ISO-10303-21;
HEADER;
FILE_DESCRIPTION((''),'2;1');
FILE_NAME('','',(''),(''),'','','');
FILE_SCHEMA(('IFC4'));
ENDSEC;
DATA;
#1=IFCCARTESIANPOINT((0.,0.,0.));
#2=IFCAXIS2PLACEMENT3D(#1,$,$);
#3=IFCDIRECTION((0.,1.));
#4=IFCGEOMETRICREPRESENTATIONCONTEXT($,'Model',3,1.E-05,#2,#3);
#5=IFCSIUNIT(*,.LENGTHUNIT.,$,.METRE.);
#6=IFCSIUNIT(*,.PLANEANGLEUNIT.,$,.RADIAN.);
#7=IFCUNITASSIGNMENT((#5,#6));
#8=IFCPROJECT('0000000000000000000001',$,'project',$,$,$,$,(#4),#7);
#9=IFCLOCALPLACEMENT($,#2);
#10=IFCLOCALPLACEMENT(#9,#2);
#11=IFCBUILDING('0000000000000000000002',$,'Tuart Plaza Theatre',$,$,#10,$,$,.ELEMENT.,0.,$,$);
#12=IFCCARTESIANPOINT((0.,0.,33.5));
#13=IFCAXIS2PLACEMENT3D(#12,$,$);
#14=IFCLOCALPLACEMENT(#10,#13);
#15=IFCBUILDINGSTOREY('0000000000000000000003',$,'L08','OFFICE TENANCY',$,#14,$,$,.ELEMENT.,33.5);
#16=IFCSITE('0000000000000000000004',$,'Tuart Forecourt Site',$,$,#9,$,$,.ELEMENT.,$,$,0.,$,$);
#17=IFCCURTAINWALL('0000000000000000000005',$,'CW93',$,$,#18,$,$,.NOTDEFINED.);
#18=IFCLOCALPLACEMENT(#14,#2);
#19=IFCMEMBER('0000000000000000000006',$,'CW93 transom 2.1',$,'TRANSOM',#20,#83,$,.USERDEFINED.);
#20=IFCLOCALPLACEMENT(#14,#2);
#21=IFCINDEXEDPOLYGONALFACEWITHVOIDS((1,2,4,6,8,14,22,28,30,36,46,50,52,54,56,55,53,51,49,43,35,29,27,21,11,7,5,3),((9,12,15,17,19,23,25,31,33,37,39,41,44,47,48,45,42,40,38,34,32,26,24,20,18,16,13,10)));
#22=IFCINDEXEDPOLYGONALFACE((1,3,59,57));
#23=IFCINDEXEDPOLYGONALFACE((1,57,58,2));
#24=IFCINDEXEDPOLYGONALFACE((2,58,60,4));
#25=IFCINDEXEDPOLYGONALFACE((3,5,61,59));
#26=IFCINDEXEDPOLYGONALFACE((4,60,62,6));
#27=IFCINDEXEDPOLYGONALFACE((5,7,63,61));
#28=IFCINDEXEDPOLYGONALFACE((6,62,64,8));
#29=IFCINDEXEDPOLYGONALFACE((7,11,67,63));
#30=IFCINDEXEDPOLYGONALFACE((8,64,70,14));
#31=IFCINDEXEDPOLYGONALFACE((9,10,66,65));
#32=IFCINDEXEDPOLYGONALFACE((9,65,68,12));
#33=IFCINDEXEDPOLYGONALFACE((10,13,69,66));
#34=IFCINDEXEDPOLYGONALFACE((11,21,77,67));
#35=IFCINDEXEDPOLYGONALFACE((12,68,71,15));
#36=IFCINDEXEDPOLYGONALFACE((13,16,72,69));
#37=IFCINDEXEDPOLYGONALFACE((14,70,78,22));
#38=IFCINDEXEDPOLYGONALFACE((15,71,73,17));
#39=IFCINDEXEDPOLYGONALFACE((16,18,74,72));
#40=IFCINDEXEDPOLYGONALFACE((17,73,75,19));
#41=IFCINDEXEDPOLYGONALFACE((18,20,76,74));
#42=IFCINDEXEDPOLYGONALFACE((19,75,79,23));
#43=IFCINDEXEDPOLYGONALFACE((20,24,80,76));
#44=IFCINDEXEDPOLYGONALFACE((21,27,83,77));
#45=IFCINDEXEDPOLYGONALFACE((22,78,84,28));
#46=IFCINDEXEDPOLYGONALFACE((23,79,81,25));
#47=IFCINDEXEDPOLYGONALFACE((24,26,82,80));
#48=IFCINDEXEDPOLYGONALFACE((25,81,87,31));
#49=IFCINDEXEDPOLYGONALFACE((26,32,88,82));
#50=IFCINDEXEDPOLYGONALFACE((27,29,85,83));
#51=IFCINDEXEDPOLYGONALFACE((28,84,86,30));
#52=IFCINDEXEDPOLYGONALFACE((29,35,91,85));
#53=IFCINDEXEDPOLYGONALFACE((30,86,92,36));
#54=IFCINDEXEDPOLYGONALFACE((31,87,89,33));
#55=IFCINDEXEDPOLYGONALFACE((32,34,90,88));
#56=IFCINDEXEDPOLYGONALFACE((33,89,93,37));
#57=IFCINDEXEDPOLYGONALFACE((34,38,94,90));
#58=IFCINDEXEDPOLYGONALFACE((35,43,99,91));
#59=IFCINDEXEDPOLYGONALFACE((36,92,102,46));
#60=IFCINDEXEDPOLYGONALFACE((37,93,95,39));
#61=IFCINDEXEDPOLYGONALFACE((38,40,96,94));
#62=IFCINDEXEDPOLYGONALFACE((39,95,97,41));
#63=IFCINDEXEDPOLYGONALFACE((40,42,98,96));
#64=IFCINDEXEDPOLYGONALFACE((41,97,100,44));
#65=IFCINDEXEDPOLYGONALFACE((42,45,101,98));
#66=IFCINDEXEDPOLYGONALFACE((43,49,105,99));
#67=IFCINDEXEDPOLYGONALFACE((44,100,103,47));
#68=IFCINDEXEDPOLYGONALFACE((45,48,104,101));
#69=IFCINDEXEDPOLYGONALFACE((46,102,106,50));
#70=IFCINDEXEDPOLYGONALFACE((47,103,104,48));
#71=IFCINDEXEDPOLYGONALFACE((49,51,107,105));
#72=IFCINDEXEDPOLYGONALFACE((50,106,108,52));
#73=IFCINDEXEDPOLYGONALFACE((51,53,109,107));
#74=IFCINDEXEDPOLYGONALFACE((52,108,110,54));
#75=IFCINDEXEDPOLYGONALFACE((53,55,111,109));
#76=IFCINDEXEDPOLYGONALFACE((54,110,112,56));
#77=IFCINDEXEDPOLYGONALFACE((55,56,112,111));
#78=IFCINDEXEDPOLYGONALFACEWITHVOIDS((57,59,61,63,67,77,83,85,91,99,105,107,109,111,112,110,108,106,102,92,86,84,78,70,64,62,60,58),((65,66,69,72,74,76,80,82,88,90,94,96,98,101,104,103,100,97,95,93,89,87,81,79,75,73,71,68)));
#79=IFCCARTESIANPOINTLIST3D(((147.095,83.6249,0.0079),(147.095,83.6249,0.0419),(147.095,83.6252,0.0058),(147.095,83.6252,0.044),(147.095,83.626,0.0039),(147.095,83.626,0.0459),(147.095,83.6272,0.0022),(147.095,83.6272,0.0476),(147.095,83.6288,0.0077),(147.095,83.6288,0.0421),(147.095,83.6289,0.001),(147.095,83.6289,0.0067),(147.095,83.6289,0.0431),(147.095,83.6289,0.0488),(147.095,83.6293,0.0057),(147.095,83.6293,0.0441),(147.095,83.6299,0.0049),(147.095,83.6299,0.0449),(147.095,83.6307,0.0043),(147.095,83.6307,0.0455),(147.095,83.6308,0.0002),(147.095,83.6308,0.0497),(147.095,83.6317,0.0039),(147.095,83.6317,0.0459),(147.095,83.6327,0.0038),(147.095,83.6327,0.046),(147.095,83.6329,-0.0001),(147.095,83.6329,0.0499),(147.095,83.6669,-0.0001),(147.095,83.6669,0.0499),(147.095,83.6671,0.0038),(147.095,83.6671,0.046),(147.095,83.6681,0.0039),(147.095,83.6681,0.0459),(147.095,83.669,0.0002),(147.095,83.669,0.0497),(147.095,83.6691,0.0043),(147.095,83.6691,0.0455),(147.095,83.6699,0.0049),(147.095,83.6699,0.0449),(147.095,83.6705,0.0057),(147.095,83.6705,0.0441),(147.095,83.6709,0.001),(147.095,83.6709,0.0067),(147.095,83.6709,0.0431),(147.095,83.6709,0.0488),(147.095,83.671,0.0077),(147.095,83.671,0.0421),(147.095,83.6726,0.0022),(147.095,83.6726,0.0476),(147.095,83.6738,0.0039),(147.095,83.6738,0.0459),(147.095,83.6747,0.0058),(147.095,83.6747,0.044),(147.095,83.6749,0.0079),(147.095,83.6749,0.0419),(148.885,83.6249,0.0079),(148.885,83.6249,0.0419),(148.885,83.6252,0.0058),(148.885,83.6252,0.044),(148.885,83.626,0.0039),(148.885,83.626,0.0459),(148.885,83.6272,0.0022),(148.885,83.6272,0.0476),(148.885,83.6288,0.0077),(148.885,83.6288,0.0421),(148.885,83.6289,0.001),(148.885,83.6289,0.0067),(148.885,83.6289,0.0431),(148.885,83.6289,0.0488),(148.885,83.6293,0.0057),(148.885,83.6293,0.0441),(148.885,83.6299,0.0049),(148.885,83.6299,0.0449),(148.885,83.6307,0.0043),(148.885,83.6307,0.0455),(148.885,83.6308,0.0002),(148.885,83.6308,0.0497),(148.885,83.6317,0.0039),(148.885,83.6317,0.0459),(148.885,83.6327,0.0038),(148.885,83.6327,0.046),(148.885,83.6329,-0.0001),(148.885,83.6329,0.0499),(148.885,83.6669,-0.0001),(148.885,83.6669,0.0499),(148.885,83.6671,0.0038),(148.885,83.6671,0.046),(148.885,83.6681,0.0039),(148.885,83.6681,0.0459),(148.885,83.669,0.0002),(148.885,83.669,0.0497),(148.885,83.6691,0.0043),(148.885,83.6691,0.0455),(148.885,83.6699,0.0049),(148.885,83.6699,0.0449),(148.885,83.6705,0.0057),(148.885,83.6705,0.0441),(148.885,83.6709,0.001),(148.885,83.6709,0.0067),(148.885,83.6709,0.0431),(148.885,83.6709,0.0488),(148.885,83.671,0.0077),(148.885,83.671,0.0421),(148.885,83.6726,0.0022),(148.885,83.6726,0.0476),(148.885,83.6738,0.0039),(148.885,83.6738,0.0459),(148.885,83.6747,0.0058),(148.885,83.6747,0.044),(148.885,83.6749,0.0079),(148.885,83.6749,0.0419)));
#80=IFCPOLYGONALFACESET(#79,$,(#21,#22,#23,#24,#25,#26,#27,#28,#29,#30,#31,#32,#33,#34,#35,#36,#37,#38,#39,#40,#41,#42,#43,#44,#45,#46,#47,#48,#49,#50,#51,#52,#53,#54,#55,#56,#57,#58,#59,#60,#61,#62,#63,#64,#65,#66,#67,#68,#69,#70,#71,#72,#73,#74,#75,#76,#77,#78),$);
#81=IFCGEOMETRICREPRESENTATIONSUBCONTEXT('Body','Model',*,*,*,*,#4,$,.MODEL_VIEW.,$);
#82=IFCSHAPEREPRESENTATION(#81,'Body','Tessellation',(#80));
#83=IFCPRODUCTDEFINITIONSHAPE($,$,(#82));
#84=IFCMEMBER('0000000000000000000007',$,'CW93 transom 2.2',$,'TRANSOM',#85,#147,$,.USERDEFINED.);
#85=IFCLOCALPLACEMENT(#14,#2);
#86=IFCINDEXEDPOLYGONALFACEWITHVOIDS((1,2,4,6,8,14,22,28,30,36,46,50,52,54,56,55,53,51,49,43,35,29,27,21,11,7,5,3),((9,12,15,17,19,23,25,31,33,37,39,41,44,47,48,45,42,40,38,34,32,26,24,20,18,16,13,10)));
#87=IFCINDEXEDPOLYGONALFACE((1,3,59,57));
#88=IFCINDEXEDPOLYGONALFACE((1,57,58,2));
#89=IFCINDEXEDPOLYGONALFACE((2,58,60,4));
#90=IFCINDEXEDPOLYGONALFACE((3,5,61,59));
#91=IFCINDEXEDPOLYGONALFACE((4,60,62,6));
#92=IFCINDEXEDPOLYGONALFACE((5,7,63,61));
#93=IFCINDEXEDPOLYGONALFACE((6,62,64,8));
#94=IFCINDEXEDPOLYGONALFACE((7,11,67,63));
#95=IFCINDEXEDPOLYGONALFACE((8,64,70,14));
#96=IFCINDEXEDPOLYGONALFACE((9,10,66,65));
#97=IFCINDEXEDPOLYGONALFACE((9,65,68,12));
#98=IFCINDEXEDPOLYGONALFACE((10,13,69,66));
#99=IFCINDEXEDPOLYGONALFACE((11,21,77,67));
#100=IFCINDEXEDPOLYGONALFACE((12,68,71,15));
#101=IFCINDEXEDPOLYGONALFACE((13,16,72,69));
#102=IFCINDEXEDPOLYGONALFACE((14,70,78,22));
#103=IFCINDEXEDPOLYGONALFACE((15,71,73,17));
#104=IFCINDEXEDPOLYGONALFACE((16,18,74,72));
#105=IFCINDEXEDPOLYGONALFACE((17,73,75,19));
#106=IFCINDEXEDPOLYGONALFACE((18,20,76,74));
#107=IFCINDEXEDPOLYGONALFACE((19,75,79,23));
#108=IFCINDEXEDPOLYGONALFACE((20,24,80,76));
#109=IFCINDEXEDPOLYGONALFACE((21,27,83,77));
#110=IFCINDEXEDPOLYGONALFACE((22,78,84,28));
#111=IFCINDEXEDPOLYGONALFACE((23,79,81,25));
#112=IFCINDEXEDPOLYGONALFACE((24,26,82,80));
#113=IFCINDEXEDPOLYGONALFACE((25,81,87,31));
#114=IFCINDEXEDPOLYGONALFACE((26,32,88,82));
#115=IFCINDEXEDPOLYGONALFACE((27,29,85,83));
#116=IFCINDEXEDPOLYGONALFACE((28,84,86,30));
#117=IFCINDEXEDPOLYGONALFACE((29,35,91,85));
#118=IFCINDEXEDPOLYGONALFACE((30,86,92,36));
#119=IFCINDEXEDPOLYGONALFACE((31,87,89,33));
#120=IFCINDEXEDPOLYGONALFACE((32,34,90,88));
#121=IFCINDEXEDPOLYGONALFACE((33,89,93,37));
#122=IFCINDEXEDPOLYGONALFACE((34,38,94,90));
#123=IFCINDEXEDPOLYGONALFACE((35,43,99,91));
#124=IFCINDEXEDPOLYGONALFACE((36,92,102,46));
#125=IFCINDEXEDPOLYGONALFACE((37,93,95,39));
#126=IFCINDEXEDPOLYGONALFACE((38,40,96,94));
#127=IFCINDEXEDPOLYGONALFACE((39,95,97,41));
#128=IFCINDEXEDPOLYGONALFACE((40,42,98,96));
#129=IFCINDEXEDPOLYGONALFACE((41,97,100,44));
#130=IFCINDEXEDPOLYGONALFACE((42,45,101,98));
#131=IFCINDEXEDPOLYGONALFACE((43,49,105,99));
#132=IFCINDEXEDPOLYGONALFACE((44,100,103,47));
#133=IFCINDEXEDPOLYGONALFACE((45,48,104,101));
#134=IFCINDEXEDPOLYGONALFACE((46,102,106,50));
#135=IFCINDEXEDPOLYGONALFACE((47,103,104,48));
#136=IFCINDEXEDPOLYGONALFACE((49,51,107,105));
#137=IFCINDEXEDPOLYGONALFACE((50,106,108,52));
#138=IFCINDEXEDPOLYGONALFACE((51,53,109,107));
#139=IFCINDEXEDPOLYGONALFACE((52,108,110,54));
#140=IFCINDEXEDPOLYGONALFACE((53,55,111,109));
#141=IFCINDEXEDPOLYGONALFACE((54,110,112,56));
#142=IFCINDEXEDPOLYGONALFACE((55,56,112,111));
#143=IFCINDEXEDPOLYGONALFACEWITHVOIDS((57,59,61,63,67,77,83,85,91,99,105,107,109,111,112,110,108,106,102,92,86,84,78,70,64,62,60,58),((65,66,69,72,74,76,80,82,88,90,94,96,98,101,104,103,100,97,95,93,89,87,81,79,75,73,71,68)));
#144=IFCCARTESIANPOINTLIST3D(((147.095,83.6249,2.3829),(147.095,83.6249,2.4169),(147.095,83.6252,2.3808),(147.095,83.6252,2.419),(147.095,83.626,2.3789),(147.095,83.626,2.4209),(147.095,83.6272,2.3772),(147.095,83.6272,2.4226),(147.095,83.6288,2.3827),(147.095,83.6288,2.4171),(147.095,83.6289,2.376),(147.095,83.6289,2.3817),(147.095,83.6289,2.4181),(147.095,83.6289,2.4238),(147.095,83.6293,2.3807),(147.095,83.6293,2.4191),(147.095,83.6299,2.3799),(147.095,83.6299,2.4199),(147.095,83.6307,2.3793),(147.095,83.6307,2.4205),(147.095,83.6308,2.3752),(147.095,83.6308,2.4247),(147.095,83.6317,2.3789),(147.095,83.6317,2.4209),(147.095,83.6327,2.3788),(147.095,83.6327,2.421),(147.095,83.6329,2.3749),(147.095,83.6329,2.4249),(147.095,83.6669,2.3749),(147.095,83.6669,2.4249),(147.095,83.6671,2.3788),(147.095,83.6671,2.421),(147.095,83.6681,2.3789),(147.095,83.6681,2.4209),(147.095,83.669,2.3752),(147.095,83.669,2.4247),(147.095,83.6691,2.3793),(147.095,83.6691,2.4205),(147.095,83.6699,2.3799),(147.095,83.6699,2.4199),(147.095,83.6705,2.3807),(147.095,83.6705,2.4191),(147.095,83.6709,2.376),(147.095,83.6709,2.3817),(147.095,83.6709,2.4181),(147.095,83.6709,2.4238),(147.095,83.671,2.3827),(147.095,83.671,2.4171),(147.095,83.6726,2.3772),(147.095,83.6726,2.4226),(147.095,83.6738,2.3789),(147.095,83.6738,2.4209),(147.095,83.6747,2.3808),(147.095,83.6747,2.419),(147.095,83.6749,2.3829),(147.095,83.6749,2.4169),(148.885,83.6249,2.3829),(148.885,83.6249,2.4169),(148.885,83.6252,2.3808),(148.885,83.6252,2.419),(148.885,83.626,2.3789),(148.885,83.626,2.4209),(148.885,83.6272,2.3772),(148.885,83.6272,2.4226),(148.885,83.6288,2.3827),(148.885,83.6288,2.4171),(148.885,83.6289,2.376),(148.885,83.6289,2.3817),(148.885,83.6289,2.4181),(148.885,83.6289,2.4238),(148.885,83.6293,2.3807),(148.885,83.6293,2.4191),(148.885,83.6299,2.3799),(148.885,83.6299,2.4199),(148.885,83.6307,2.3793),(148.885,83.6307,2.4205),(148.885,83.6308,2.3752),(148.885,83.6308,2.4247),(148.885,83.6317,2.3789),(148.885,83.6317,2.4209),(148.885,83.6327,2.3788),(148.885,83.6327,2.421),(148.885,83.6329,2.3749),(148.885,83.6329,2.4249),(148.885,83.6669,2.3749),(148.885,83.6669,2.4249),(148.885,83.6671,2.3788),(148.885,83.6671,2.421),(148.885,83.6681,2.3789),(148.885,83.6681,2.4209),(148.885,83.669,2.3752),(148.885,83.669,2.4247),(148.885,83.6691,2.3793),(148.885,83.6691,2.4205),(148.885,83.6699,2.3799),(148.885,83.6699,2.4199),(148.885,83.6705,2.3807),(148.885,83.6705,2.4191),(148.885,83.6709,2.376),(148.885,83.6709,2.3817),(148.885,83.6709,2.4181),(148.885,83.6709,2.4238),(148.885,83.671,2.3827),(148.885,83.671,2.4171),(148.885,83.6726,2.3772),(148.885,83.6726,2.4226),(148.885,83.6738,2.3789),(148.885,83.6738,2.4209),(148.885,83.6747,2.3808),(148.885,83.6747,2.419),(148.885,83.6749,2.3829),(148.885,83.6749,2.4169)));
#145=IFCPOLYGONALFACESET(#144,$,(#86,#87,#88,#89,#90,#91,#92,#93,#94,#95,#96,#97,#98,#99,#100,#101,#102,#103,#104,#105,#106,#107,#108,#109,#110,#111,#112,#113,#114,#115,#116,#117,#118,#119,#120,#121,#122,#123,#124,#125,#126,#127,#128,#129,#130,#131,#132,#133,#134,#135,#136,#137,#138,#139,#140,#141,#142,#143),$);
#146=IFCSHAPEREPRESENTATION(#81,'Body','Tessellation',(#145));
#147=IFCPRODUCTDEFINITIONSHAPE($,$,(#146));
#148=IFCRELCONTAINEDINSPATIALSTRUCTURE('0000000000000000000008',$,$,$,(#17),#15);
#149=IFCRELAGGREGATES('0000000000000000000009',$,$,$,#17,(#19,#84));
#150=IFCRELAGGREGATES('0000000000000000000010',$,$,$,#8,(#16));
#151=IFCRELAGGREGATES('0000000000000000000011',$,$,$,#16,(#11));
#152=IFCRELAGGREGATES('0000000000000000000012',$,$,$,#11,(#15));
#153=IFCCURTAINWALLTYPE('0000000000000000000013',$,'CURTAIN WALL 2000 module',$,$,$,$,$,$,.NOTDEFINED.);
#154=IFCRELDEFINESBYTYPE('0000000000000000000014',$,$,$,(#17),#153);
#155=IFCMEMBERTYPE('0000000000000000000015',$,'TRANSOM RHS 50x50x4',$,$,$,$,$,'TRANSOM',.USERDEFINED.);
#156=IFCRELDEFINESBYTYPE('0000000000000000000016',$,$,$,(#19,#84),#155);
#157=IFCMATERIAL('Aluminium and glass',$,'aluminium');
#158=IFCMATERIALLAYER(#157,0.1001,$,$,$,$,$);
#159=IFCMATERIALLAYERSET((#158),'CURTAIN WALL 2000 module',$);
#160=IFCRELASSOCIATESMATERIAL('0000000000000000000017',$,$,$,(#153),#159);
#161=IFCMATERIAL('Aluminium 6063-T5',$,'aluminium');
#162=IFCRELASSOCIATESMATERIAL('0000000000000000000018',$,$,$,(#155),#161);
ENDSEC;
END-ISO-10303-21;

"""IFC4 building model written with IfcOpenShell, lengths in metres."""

from ifc_helpers import new_model, si_unit, direction, frame, origin, origin_2d, place, context, subcontext, project, spatial, hollow_rectangle, extrude, material, layer, layer_set, material_profile, profile_set, type_object, element, aggregate, save


model = new_model("IFC4")

# Units and contexts
model_context = context("Model", 3, precision=1e-05, world=origin(), true_north=direction((0.0, 1.0)))
body_context = subcontext(model_context, "Body", "Model", "MODEL_VIEW")
ifc_project = project(units=[si_unit("LENGTHUNIT", "METRE"), si_unit("PLANEANGLEUNIT", "RADIAN")], contexts=[model_context])

# Site, building, storey
site_placement = place(None, origin())
site = spatial("IfcSite", under=ifc_project, at=site_placement, Name="Tuart Forecourt Site", CompositionType="ELEMENT", RefElevation=0.0)
building_placement = place(site_placement, origin())
building = spatial("IfcBuilding", under=site, at=building_placement, Name="Tuart Plaza Theatre", CompositionType="ELEMENT", ElevationOfRefHeight=0.0)
storey_placement = place(building_placement, frame((0.0, 0.0, 33.5)))
storey = spatial("IfcBuildingStorey", under=building, at=storey_placement, Name="L08", Description="OFFICE TENANCY", CompositionType="ELEMENT", Elevation=33.5)

# Curtain wall
ifc_material_1 = material(Name="Aluminium and glass", Category="aluminium")
ifc_layer_1 = layer(ifc_material_1, 0.1001)
ifc_layer_set_1 = layer_set([ifc_layer_1], Name="CURTAIN WALL 2000 module")
curtain_wall_type_1 = type_object("IfcCurtainWallType", Name="CURTAIN WALL 2000 module", PredefinedType="NOTDEFINED", material=ifc_layer_set_1)
curtain_wall_1_placement = place(storey_placement, origin())
curtain_wall_1 = element("IfcCurtainWall", 1, at=curtain_wall_1_placement, inside=storey, type_object=curtain_wall_type_1, Name="CW93", PredefinedType="NOTDEFINED")

# Members
ifc_material_2 = material(Name="Aluminium 6063-T5", Category="aluminium")
ifc_material_profile_1 = material_profile(ifc_material_2, hollow_rectangle(XDim=0.05, YDim=0.05, WallThickness=0.0039, InnerFilletRadius=0.0039, OuterFilletRadius=0.0081, at=origin_2d()), Name="RHS 50x50x4")
ifc_profile_set_1 = profile_set([ifc_material_profile_1], Name="Aluminium 6063-T5")
member_type_1 = type_object("IfcMemberType", Name="TRANSOM RHS 50x50x4", ElementType="TRANSOM", PredefinedType="USERDEFINED", material=ifc_profile_set_1)
member_1_placement = place(storey_placement, frame((148.885, 83.6499, 0.0249), z_axis=(-1.0, 0.0, 0.0), x_axis=(0.0, -1.0, 0.0)))
member_1 = element("IfcMember", 2, at=member_1_placement, type_object=member_type_1, Name="CW93 transom 2.1", ObjectType="TRANSOM", PredefinedType="USERDEFINED", context=body_context, shape_type="SweptSolid", body=[
    extrude(hollow_rectangle(XDim=0.05, YDim=0.05, WallThickness=0.0039, InnerFilletRadius=0.0039, OuterFilletRadius=0.0081, at=origin_2d()), origin(), (0.0, 0.0, 1.0), 1.79),
])
member_2_placement = place(storey_placement, frame((148.885, 83.6499, 2.3999), z_axis=(-1.0, 0.0, 0.0), x_axis=(0.0, -1.0, 0.0)))
member_2 = element("IfcMember", 3, at=member_2_placement, type_object=member_type_1, Name="CW93 transom 2.2", ObjectType="TRANSOM", PredefinedType="USERDEFINED", context=body_context, shape_type="SweptSolid", body=[
    extrude(hollow_rectangle(XDim=0.05, YDim=0.05, WallThickness=0.0039, InnerFilletRadius=0.0039, OuterFilletRadius=0.0081, at=origin_2d()), origin(), (0.0, 0.0, 1.0), 1.79),
])

aggregate(curtain_wall_1, [member_1, member_2])

save(model, "model.ifc")
